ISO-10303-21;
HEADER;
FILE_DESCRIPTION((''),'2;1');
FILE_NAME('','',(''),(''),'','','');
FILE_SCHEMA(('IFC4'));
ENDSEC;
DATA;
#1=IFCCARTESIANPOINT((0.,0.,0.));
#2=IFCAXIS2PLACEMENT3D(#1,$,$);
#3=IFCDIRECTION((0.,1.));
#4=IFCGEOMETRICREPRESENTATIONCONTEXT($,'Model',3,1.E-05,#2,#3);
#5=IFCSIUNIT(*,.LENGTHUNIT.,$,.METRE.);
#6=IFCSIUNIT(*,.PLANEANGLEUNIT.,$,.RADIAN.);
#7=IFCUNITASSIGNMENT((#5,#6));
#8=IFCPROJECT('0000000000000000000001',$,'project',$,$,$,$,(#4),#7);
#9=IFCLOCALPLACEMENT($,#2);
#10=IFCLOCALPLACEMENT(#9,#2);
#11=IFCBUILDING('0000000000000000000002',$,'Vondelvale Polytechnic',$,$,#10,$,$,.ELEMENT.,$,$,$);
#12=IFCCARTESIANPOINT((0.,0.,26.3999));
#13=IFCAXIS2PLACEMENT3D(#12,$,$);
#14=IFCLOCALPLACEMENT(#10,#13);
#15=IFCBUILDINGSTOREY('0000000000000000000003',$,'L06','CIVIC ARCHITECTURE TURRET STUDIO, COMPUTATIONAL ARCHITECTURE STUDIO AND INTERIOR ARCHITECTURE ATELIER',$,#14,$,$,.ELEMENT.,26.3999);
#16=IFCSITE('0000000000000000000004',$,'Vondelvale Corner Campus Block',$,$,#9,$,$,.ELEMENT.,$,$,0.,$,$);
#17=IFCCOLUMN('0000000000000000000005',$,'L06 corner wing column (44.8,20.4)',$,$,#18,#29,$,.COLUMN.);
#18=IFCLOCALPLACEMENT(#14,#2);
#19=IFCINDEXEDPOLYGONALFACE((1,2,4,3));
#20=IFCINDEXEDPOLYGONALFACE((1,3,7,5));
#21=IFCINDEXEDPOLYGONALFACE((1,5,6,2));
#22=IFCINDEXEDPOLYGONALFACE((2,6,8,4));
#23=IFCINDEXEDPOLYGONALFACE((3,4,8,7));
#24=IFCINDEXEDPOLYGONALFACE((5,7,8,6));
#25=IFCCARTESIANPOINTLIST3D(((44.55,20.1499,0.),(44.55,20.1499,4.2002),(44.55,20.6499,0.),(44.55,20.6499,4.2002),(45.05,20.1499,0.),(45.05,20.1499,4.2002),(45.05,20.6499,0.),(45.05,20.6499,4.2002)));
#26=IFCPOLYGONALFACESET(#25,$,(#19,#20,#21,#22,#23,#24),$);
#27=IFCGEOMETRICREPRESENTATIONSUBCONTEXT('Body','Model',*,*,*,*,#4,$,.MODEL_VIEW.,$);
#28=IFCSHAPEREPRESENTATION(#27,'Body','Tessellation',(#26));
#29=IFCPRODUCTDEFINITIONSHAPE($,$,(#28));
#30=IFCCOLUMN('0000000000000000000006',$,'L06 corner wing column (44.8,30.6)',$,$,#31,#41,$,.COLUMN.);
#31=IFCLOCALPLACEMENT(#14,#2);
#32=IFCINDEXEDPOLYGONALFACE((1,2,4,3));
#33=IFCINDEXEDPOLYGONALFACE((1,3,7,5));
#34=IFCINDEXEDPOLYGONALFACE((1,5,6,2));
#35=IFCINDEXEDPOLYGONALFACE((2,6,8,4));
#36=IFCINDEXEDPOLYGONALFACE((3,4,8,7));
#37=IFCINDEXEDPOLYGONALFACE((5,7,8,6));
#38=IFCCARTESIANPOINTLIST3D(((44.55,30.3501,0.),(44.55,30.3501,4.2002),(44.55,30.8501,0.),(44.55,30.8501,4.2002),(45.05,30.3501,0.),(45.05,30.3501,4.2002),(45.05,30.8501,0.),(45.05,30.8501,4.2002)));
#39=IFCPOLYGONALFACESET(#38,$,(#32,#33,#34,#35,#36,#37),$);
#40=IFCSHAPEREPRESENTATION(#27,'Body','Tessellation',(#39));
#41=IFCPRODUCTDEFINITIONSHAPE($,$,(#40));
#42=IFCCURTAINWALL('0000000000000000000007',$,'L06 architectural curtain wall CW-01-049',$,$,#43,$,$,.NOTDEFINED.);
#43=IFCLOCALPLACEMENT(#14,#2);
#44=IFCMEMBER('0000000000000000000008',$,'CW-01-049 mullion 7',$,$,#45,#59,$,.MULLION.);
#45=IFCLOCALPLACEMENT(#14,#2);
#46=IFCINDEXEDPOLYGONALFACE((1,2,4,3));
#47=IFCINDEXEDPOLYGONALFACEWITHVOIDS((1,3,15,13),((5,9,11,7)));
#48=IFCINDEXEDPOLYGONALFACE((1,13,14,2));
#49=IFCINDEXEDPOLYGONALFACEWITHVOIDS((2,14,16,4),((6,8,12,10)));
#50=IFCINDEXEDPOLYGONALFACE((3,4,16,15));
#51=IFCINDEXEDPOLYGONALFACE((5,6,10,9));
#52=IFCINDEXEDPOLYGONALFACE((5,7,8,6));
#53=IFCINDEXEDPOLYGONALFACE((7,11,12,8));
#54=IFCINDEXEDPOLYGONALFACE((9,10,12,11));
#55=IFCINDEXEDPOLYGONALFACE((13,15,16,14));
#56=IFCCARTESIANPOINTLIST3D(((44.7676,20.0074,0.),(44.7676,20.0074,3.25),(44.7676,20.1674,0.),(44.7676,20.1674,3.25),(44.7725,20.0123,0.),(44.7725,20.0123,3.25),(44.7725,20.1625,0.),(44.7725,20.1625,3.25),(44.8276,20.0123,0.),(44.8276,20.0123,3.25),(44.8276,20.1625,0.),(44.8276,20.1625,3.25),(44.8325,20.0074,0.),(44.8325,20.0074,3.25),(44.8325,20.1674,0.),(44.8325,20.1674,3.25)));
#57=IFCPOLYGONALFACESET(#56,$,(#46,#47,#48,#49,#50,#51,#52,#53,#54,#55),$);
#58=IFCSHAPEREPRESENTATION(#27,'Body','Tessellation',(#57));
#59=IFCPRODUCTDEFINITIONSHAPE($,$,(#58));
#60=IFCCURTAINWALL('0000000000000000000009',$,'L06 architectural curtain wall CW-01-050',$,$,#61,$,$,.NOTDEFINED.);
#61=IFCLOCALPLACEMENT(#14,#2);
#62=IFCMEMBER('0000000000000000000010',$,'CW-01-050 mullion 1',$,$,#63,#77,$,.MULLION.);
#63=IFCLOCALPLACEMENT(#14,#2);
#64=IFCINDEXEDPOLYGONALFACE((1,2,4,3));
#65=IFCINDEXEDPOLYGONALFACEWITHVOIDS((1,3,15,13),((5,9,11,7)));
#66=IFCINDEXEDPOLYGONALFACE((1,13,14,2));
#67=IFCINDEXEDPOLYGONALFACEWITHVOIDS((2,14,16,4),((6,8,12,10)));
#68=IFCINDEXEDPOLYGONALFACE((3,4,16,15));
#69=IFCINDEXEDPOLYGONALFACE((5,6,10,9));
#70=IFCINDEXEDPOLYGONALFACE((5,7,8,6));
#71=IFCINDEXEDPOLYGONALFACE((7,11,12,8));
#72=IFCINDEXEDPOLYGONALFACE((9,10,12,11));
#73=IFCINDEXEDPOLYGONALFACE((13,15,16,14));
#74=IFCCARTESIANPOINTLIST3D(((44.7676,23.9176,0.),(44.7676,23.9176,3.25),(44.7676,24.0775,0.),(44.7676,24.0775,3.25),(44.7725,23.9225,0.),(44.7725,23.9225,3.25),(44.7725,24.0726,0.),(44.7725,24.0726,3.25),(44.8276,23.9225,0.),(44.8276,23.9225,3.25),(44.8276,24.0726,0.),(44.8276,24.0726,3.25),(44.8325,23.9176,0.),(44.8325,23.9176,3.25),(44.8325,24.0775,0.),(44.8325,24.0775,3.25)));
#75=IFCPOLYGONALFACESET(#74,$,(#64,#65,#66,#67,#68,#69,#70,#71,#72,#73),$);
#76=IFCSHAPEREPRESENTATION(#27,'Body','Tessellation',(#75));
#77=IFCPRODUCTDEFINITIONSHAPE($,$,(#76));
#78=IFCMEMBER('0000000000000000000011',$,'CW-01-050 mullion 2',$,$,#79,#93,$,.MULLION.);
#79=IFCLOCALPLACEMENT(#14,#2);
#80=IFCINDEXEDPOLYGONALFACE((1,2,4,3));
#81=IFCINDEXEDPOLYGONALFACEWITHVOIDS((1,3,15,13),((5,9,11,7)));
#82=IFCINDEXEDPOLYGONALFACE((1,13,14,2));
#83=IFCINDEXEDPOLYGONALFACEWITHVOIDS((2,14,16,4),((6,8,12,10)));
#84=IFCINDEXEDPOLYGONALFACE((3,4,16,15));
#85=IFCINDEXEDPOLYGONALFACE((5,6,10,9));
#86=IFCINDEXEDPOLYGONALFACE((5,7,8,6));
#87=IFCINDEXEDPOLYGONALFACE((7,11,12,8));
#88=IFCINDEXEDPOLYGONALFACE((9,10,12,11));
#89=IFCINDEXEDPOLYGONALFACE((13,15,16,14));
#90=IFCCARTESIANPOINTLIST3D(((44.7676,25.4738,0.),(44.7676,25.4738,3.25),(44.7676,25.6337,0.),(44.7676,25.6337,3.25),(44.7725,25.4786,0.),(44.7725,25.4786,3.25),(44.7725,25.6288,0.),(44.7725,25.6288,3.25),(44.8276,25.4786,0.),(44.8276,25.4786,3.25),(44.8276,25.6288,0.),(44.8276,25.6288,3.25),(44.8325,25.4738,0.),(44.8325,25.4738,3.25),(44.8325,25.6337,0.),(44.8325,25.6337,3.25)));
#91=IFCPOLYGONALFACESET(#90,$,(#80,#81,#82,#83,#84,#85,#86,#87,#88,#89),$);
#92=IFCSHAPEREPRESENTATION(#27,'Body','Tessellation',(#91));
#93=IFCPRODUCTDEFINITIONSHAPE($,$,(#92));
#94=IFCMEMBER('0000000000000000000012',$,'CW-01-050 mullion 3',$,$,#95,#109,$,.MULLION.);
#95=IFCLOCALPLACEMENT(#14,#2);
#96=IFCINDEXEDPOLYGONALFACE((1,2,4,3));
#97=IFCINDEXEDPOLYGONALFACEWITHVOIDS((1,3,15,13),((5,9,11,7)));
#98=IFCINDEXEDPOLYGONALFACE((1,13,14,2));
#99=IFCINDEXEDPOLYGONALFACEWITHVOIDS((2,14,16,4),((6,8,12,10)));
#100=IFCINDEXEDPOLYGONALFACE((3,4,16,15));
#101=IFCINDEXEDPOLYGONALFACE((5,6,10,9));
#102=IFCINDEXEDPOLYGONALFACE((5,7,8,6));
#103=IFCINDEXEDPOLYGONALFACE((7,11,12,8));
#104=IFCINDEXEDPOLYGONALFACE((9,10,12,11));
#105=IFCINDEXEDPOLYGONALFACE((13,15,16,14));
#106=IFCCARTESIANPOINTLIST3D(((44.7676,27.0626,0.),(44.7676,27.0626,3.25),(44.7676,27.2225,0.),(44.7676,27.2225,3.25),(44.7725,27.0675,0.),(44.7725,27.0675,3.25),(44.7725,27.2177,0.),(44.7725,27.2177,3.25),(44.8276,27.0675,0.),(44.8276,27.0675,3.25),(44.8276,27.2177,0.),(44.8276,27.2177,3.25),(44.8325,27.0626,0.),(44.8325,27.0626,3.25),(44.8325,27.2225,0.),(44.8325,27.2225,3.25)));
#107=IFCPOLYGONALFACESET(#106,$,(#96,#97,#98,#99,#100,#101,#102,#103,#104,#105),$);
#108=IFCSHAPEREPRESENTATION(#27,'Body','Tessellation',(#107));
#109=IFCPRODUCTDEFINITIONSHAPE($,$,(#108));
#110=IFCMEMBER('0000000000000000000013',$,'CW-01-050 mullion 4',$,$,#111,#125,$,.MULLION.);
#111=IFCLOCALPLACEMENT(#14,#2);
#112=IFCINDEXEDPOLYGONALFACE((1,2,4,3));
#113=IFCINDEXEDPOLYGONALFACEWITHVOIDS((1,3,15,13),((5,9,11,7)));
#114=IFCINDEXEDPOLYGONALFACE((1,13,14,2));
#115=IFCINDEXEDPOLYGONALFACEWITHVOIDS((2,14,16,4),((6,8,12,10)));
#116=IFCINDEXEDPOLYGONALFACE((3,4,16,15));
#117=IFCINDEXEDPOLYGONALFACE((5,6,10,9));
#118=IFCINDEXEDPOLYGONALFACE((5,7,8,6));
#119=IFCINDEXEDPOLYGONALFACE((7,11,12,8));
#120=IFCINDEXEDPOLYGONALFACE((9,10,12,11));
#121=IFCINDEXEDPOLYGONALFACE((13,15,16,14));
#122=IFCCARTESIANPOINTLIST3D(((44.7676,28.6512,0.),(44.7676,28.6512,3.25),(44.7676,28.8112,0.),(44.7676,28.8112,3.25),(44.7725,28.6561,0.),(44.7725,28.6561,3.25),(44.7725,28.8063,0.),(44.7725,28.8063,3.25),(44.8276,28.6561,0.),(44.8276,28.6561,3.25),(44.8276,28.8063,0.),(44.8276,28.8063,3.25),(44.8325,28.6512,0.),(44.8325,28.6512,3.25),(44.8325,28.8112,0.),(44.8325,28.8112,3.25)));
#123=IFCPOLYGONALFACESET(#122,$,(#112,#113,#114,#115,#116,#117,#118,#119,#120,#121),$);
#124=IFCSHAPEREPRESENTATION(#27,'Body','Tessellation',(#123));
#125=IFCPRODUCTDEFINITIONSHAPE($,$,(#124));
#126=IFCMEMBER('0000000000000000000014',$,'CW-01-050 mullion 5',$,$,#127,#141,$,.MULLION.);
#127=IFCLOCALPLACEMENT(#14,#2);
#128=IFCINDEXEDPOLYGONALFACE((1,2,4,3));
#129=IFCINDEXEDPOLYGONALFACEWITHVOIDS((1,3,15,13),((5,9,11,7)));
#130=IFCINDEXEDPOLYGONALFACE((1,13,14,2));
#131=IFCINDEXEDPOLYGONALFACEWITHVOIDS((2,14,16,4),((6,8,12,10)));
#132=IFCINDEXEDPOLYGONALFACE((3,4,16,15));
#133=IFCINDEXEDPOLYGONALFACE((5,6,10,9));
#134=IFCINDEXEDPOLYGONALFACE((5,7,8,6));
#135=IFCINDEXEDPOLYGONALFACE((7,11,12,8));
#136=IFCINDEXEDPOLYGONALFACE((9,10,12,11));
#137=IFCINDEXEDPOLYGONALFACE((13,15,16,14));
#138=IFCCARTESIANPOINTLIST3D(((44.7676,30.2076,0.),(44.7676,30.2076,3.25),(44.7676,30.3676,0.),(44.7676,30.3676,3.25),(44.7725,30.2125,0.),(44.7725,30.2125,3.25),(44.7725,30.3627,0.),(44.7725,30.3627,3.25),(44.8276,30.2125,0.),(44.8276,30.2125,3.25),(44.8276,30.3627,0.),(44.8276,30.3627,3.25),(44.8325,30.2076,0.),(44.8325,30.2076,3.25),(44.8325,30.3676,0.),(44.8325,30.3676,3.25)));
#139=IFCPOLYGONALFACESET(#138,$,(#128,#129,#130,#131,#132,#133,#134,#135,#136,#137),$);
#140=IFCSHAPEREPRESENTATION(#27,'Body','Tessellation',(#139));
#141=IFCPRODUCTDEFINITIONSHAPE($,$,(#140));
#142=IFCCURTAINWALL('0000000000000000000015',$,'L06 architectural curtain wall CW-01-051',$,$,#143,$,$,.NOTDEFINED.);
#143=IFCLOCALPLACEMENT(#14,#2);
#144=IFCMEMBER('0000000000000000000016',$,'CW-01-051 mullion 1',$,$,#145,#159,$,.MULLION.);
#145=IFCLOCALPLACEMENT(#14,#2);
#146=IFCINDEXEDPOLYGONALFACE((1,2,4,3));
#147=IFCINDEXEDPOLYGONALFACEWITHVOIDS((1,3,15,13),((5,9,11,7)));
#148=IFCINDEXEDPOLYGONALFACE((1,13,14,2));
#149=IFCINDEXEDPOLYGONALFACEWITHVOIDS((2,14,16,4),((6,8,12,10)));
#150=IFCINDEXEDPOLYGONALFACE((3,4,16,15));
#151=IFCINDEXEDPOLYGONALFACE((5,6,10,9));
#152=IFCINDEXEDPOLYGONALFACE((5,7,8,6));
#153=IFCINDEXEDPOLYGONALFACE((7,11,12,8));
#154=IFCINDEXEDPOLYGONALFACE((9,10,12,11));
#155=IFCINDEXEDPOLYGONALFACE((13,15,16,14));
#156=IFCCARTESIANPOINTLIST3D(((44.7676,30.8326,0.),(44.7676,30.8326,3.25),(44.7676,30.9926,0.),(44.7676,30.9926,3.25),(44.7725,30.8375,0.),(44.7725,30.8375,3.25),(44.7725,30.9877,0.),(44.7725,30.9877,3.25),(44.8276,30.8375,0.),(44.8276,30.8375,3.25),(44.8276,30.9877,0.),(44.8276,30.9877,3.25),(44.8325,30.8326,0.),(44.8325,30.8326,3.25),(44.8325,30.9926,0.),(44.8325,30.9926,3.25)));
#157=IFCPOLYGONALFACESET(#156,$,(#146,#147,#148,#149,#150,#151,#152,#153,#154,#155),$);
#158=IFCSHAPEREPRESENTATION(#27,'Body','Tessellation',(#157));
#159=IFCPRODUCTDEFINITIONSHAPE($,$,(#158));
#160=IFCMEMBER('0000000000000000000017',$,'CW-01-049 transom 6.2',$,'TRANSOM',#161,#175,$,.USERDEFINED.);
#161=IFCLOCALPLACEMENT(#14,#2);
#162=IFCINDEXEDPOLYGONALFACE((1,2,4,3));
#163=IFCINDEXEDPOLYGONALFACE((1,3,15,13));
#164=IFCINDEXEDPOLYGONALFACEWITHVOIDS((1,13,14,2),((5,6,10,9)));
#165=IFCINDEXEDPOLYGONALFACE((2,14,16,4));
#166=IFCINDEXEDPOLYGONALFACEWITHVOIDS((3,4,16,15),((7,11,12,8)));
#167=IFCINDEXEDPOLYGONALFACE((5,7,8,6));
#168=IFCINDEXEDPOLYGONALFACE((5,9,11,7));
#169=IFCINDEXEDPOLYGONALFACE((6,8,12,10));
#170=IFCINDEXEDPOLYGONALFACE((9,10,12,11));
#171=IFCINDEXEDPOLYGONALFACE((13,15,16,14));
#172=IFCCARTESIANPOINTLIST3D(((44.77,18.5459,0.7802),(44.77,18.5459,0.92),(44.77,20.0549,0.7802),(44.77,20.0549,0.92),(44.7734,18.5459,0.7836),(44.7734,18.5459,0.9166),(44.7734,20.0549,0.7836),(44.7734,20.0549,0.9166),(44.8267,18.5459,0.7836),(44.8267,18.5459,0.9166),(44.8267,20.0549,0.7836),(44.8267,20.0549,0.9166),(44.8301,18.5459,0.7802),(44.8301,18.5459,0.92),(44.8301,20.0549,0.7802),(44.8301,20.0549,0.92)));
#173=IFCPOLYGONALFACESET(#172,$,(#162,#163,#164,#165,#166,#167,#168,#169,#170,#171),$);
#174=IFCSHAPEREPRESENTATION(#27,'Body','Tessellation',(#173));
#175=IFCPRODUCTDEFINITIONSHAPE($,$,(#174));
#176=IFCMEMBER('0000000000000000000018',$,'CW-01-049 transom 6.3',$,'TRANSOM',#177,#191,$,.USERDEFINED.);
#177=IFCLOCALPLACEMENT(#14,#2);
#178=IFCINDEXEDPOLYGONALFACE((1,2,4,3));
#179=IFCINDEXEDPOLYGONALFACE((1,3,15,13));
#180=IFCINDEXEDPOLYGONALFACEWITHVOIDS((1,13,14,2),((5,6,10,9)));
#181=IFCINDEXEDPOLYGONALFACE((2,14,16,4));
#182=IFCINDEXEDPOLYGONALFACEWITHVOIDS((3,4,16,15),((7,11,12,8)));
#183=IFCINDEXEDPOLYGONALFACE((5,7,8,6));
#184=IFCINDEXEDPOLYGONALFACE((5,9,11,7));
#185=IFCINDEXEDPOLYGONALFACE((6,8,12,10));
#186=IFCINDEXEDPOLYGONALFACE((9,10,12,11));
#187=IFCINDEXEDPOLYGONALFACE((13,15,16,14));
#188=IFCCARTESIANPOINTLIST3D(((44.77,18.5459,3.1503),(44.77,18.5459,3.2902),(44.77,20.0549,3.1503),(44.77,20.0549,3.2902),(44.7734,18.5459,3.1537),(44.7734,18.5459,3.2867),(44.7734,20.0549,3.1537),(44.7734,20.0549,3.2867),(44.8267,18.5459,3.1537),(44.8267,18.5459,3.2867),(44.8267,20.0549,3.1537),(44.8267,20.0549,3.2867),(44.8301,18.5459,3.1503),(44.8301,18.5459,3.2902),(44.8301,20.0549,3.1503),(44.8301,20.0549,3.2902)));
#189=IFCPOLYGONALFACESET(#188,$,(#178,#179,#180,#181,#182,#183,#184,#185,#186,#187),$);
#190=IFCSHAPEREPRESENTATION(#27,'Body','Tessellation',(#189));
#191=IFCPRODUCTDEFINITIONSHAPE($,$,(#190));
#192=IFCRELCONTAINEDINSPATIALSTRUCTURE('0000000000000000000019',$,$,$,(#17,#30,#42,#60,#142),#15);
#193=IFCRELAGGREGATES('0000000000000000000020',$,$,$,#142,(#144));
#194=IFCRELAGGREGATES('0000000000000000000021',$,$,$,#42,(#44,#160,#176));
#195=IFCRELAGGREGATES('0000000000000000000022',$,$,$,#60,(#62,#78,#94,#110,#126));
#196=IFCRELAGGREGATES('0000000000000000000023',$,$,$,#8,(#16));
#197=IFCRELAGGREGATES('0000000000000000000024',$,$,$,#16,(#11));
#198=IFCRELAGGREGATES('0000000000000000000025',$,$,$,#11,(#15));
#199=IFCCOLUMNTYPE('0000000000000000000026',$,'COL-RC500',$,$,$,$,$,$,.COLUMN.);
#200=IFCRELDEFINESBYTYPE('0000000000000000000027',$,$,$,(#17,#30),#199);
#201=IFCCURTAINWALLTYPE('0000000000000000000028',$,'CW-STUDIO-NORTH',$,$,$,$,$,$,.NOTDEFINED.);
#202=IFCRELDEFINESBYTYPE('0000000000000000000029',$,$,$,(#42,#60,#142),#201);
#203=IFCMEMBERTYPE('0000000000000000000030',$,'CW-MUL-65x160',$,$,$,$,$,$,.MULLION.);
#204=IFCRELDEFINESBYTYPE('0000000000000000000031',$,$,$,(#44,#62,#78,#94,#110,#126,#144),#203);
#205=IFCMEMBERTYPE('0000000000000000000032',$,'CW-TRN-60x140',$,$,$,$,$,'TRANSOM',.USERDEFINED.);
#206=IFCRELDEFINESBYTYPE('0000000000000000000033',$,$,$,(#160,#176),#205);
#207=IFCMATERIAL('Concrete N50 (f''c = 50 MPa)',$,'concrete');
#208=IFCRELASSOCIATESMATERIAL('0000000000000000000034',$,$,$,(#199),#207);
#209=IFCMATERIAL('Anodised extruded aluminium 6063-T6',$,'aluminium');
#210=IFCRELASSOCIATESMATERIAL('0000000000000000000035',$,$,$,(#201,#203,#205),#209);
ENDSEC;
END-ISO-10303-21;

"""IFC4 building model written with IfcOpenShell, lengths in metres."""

from ifc_helpers import new_model, si_unit, direction, frame, origin, origin_2d, place, context, subcontext, project, spatial, rectangle, hollow_rectangle, extrude, material, material_profile, profile_set, type_object, element, aggregate, save


model = new_model("IFC4")

# Units and contexts
model_context = context("Model", 3, precision=1e-05, world=origin(), true_north=direction((0.0, 1.0)))
body_context = subcontext(model_context, "Body", "Model", "MODEL_VIEW")
ifc_project = project(units=[si_unit("LENGTHUNIT", "METRE"), si_unit("PLANEANGLEUNIT", "RADIAN")], contexts=[model_context])

# Site, building, storey
site_placement = place(None, origin())
site = spatial("IfcSite", under=ifc_project, at=site_placement, Name="Vondelvale Corner Campus Block", CompositionType="ELEMENT", RefElevation=0.0)
building_placement = place(site_placement, origin())
building = spatial("IfcBuilding", under=site, at=building_placement, Name="Vondelvale Polytechnic", CompositionType="ELEMENT")
storey_placement = place(building_placement, frame((0.0, 0.0, 26.3999)))
storey = spatial("IfcBuildingStorey", under=building, at=storey_placement, Name="L06", Description="CIVIC ARCHITECTURE TURRET STUDIO, COMPUTATIONAL ARCHITECTURE STUDIO AND INTERIOR ARCHITECTURE ATELIER", CompositionType="ELEMENT", Elevation=26.3999)

# Columns
ifc_material_1 = material(Name="Concrete N50 (f'c = 50 MPa)", Category="concrete")
ifc_material_profile_1 = material_profile(ifc_material_1, rectangle(XDim=0.5, YDim=0.5, at=origin_2d()), Name="RC-COL-500x500")
ifc_profile_set_1 = profile_set([ifc_material_profile_1], Name="Concrete N50 (f'c = 50 MPa)")
column_type = type_object("IfcColumnType", Name="COL-RC500", PredefinedType="COLUMN", material=ifc_profile_set_1)
for number, where, z_axis, x_axis, name in (
    (1, (44.8, 20.3999, 0.0), (0.0, 0.0, 1.0), (1.0, 0.0, 0.0), "L06 corner wing column (44.8,20.4)"),
    (2, (44.8, 30.6001, 0.0), (0.0, 0.0, 1.0), (1.0, 0.0, 0.0), "L06 corner wing column (44.8,30.6)"),
):
    element("IfcColumn", number, at=place(storey_placement, frame(where, z_axis=z_axis, x_axis=x_axis)), inside=storey, type_object=column_type, Name=name, PredefinedType="COLUMN", context=body_context, shape_type="SweptSolid", body=[
        extrude(rectangle(XDim=0.5, YDim=0.5, at=origin_2d()), origin(), (0.0, 0.0, 1.0), 4.2002),
    ])

# Curtain wall, member
ifc_material_2 = material(Name="Anodised extruded aluminium 6063-T6", Category="aluminium")
curtain_wall_type = type_object("IfcCurtainWallType", Name="CW-STUDIO-NORTH", PredefinedType="NOTDEFINED", material=ifc_material_2)
curtain_wall_1_placement = place(storey_placement, origin())
curtain_wall_1 = element("IfcCurtainWall", 3, at=curtain_wall_1_placement, inside=storey, type_object=curtain_wall_type, Name="L06 architectural curtain wall CW-01-049", PredefinedType="NOTDEFINED")
ifc_material_profile_2 = material_profile(ifc_material_2, hollow_rectangle(XDim=0.0649, YDim=0.1599, WallThickness=0.0049, at=origin_2d()), Name="CW-MUL-160x65")
ifc_profile_set_2 = profile_set([ifc_material_profile_2], Name="Anodised extruded aluminium 6063-T6")
member_type_1 = type_object("IfcMemberType", Name="CW-MUL-65x160", PredefinedType="MULLION", material=ifc_profile_set_2)
member_1_placement = place(storey_placement, frame((44.8, 20.0874, 0.0), z_axis=(0.0, 0.0, 1.0), x_axis=(-1.0, 0.0, 0.0)))
member_1 = element("IfcMember", 4, at=member_1_placement, type_object=member_type_1, Name="CW-01-049 mullion 7", PredefinedType="MULLION", context=body_context, shape_type="SweptSolid", body=[
    extrude(hollow_rectangle(XDim=0.0649, YDim=0.1599, WallThickness=0.0049, at=origin_2d()), origin(), (0.0, 0.0, 1.0), 3.25),
])

# Curtain wall, members
curtain_wall_2_placement = place(storey_placement, origin())
curtain_wall_2 = element("IfcCurtainWall", 5, at=curtain_wall_2_placement, inside=storey, type_object=curtain_wall_type, Name="L06 architectural curtain wall CW-01-050", PredefinedType="NOTDEFINED")
member_2_placement = place(storey_placement, frame((44.8, 23.9976, 0.0), z_axis=(0.0, 0.0, 1.0), x_axis=(-1.0, 0.0, 0.0)))
member_2 = element("IfcMember", 6, at=member_2_placement, type_object=member_type_1, Name="CW-01-050 mullion 1", PredefinedType="MULLION", context=body_context, shape_type="SweptSolid", body=[
    extrude(hollow_rectangle(XDim=0.0649, YDim=0.1599, WallThickness=0.0049, at=origin_2d()), origin(), (0.0, 0.0, 1.0), 3.25),
])
member_3_placement = place(storey_placement, frame((44.8, 25.5537, 0.0), z_axis=(0.0, 0.0, 1.0), x_axis=(-1.0, 0.0, 0.0)))
member_3 = element("IfcMember", 7, at=member_3_placement, type_object=member_type_1, Name="CW-01-050 mullion 2", PredefinedType="MULLION", context=body_context, shape_type="SweptSolid", body=[
    extrude(hollow_rectangle(XDim=0.0649, YDim=0.1599, WallThickness=0.0049, at=origin_2d()), origin(), (0.0, 0.0, 1.0), 3.25),
])
member_4_placement = place(storey_placement, frame((44.8, 27.1426, 0.0), z_axis=(0.0, 0.0, 1.0), x_axis=(-1.0, 0.0, 0.0)))
member_4 = element("IfcMember", 8, at=member_4_placement, type_object=member_type_1, Name="CW-01-050 mullion 3", PredefinedType="MULLION", context=body_context, shape_type="SweptSolid", body=[
    extrude(hollow_rectangle(XDim=0.0649, YDim=0.1599, WallThickness=0.0049, at=origin_2d()), origin(), (0.0, 0.0, 1.0), 3.25),
])
member_5_placement = place(storey_placement, frame((44.8, 28.7312, 0.0), z_axis=(0.0, 0.0, 1.0), x_axis=(-1.0, 0.0, 0.0)))
member_5 = element("IfcMember", 9, at=member_5_placement, type_object=member_type_1, Name="CW-01-050 mullion 4", PredefinedType="MULLION", context=body_context, shape_type="SweptSolid", body=[
    extrude(hollow_rectangle(XDim=0.0649, YDim=0.1599, WallThickness=0.0049, at=origin_2d()), origin(), (0.0, 0.0, 1.0), 3.25),
])
member_6_placement = place(storey_placement, frame((44.8, 30.2876, 0.0), z_axis=(0.0, 0.0, 1.0), x_axis=(-1.0, 0.0, 0.0)))
member_6 = element("IfcMember", 10, at=member_6_placement, type_object=member_type_1, Name="CW-01-050 mullion 5", PredefinedType="MULLION", context=body_context, shape_type="SweptSolid", body=[
    extrude(hollow_rectangle(XDim=0.0649, YDim=0.1599, WallThickness=0.0049, at=origin_2d()), origin(), (0.0, 0.0, 1.0), 3.25),
])

# Curtain wall, member
curtain_wall_3_placement = place(storey_placement, origin())
curtain_wall_3 = element("IfcCurtainWall", 11, at=curtain_wall_3_placement, inside=storey, type_object=curtain_wall_type, Name="L06 architectural curtain wall CW-01-051", PredefinedType="NOTDEFINED")
member_7_placement = place(storey_placement, frame((44.8, 30.9126, 0.0), z_axis=(0.0, 0.0, 1.0), x_axis=(-1.0, 0.0, 0.0)))
member_7 = element("IfcMember", 12, at=member_7_placement, type_object=member_type_1, Name="CW-01-051 mullion 1", PredefinedType="MULLION", context=body_context, shape_type="SweptSolid", body=[
    extrude(hollow_rectangle(XDim=0.0649, YDim=0.1599, WallThickness=0.0049, at=origin_2d()), origin(), (0.0, 0.0, 1.0), 3.25),
])
aggregate(curtain_wall_3, [member_7])

# Members
ifc_material_profile_3 = material_profile(ifc_material_2, hollow_rectangle(XDim=0.0601, YDim=0.1399, WallThickness=0.0034, at=origin_2d()), Name="CW-TRN-140x60")
ifc_profile_set_3 = profile_set([ifc_material_profile_3], Name="Anodised extruded aluminium 6063-T6")
member_type_2 = type_object("IfcMemberType", Name="CW-TRN-60x140", ElementType="TRANSOM", PredefinedType="USERDEFINED", material=ifc_profile_set_3)
member_8_placement = place(storey_placement, frame((44.8, 18.5459, 0.8501), z_axis=(0.0, 1.0, 0.0), x_axis=(-1.0, 0.0, 0.0)))
member_8 = element("IfcMember", 13, at=member_8_placement, type_object=member_type_2, Name="CW-01-049 transom 6.2", ObjectType="TRANSOM", PredefinedType="USERDEFINED", context=body_context, shape_type="SweptSolid", body=[
    extrude(hollow_rectangle(XDim=0.0601, YDim=0.1399, WallThickness=0.0034, at=origin_2d()), origin(), (0.0, 0.0, 1.0), 1.509),
])
member_9_placement = place(storey_placement, frame((44.8, 18.5459, 3.2202), z_axis=(0.0, 1.0, 0.0), x_axis=(-1.0, 0.0, 0.0)))
member_9 = element("IfcMember", 14, at=member_9_placement, type_object=member_type_2, Name="CW-01-049 transom 6.3", ObjectType="TRANSOM", PredefinedType="USERDEFINED", context=body_context, shape_type="SweptSolid", body=[
    extrude(hollow_rectangle(XDim=0.0601, YDim=0.1399, WallThickness=0.0034, at=origin_2d()), origin(), (0.0, 0.0, 1.0), 1.509),
])

aggregate(curtain_wall_1, [member_1, member_8, member_9])
aggregate(curtain_wall_2, [member_2, member_3, member_4, member_5, member_6])

save(model, "model.ifc")
